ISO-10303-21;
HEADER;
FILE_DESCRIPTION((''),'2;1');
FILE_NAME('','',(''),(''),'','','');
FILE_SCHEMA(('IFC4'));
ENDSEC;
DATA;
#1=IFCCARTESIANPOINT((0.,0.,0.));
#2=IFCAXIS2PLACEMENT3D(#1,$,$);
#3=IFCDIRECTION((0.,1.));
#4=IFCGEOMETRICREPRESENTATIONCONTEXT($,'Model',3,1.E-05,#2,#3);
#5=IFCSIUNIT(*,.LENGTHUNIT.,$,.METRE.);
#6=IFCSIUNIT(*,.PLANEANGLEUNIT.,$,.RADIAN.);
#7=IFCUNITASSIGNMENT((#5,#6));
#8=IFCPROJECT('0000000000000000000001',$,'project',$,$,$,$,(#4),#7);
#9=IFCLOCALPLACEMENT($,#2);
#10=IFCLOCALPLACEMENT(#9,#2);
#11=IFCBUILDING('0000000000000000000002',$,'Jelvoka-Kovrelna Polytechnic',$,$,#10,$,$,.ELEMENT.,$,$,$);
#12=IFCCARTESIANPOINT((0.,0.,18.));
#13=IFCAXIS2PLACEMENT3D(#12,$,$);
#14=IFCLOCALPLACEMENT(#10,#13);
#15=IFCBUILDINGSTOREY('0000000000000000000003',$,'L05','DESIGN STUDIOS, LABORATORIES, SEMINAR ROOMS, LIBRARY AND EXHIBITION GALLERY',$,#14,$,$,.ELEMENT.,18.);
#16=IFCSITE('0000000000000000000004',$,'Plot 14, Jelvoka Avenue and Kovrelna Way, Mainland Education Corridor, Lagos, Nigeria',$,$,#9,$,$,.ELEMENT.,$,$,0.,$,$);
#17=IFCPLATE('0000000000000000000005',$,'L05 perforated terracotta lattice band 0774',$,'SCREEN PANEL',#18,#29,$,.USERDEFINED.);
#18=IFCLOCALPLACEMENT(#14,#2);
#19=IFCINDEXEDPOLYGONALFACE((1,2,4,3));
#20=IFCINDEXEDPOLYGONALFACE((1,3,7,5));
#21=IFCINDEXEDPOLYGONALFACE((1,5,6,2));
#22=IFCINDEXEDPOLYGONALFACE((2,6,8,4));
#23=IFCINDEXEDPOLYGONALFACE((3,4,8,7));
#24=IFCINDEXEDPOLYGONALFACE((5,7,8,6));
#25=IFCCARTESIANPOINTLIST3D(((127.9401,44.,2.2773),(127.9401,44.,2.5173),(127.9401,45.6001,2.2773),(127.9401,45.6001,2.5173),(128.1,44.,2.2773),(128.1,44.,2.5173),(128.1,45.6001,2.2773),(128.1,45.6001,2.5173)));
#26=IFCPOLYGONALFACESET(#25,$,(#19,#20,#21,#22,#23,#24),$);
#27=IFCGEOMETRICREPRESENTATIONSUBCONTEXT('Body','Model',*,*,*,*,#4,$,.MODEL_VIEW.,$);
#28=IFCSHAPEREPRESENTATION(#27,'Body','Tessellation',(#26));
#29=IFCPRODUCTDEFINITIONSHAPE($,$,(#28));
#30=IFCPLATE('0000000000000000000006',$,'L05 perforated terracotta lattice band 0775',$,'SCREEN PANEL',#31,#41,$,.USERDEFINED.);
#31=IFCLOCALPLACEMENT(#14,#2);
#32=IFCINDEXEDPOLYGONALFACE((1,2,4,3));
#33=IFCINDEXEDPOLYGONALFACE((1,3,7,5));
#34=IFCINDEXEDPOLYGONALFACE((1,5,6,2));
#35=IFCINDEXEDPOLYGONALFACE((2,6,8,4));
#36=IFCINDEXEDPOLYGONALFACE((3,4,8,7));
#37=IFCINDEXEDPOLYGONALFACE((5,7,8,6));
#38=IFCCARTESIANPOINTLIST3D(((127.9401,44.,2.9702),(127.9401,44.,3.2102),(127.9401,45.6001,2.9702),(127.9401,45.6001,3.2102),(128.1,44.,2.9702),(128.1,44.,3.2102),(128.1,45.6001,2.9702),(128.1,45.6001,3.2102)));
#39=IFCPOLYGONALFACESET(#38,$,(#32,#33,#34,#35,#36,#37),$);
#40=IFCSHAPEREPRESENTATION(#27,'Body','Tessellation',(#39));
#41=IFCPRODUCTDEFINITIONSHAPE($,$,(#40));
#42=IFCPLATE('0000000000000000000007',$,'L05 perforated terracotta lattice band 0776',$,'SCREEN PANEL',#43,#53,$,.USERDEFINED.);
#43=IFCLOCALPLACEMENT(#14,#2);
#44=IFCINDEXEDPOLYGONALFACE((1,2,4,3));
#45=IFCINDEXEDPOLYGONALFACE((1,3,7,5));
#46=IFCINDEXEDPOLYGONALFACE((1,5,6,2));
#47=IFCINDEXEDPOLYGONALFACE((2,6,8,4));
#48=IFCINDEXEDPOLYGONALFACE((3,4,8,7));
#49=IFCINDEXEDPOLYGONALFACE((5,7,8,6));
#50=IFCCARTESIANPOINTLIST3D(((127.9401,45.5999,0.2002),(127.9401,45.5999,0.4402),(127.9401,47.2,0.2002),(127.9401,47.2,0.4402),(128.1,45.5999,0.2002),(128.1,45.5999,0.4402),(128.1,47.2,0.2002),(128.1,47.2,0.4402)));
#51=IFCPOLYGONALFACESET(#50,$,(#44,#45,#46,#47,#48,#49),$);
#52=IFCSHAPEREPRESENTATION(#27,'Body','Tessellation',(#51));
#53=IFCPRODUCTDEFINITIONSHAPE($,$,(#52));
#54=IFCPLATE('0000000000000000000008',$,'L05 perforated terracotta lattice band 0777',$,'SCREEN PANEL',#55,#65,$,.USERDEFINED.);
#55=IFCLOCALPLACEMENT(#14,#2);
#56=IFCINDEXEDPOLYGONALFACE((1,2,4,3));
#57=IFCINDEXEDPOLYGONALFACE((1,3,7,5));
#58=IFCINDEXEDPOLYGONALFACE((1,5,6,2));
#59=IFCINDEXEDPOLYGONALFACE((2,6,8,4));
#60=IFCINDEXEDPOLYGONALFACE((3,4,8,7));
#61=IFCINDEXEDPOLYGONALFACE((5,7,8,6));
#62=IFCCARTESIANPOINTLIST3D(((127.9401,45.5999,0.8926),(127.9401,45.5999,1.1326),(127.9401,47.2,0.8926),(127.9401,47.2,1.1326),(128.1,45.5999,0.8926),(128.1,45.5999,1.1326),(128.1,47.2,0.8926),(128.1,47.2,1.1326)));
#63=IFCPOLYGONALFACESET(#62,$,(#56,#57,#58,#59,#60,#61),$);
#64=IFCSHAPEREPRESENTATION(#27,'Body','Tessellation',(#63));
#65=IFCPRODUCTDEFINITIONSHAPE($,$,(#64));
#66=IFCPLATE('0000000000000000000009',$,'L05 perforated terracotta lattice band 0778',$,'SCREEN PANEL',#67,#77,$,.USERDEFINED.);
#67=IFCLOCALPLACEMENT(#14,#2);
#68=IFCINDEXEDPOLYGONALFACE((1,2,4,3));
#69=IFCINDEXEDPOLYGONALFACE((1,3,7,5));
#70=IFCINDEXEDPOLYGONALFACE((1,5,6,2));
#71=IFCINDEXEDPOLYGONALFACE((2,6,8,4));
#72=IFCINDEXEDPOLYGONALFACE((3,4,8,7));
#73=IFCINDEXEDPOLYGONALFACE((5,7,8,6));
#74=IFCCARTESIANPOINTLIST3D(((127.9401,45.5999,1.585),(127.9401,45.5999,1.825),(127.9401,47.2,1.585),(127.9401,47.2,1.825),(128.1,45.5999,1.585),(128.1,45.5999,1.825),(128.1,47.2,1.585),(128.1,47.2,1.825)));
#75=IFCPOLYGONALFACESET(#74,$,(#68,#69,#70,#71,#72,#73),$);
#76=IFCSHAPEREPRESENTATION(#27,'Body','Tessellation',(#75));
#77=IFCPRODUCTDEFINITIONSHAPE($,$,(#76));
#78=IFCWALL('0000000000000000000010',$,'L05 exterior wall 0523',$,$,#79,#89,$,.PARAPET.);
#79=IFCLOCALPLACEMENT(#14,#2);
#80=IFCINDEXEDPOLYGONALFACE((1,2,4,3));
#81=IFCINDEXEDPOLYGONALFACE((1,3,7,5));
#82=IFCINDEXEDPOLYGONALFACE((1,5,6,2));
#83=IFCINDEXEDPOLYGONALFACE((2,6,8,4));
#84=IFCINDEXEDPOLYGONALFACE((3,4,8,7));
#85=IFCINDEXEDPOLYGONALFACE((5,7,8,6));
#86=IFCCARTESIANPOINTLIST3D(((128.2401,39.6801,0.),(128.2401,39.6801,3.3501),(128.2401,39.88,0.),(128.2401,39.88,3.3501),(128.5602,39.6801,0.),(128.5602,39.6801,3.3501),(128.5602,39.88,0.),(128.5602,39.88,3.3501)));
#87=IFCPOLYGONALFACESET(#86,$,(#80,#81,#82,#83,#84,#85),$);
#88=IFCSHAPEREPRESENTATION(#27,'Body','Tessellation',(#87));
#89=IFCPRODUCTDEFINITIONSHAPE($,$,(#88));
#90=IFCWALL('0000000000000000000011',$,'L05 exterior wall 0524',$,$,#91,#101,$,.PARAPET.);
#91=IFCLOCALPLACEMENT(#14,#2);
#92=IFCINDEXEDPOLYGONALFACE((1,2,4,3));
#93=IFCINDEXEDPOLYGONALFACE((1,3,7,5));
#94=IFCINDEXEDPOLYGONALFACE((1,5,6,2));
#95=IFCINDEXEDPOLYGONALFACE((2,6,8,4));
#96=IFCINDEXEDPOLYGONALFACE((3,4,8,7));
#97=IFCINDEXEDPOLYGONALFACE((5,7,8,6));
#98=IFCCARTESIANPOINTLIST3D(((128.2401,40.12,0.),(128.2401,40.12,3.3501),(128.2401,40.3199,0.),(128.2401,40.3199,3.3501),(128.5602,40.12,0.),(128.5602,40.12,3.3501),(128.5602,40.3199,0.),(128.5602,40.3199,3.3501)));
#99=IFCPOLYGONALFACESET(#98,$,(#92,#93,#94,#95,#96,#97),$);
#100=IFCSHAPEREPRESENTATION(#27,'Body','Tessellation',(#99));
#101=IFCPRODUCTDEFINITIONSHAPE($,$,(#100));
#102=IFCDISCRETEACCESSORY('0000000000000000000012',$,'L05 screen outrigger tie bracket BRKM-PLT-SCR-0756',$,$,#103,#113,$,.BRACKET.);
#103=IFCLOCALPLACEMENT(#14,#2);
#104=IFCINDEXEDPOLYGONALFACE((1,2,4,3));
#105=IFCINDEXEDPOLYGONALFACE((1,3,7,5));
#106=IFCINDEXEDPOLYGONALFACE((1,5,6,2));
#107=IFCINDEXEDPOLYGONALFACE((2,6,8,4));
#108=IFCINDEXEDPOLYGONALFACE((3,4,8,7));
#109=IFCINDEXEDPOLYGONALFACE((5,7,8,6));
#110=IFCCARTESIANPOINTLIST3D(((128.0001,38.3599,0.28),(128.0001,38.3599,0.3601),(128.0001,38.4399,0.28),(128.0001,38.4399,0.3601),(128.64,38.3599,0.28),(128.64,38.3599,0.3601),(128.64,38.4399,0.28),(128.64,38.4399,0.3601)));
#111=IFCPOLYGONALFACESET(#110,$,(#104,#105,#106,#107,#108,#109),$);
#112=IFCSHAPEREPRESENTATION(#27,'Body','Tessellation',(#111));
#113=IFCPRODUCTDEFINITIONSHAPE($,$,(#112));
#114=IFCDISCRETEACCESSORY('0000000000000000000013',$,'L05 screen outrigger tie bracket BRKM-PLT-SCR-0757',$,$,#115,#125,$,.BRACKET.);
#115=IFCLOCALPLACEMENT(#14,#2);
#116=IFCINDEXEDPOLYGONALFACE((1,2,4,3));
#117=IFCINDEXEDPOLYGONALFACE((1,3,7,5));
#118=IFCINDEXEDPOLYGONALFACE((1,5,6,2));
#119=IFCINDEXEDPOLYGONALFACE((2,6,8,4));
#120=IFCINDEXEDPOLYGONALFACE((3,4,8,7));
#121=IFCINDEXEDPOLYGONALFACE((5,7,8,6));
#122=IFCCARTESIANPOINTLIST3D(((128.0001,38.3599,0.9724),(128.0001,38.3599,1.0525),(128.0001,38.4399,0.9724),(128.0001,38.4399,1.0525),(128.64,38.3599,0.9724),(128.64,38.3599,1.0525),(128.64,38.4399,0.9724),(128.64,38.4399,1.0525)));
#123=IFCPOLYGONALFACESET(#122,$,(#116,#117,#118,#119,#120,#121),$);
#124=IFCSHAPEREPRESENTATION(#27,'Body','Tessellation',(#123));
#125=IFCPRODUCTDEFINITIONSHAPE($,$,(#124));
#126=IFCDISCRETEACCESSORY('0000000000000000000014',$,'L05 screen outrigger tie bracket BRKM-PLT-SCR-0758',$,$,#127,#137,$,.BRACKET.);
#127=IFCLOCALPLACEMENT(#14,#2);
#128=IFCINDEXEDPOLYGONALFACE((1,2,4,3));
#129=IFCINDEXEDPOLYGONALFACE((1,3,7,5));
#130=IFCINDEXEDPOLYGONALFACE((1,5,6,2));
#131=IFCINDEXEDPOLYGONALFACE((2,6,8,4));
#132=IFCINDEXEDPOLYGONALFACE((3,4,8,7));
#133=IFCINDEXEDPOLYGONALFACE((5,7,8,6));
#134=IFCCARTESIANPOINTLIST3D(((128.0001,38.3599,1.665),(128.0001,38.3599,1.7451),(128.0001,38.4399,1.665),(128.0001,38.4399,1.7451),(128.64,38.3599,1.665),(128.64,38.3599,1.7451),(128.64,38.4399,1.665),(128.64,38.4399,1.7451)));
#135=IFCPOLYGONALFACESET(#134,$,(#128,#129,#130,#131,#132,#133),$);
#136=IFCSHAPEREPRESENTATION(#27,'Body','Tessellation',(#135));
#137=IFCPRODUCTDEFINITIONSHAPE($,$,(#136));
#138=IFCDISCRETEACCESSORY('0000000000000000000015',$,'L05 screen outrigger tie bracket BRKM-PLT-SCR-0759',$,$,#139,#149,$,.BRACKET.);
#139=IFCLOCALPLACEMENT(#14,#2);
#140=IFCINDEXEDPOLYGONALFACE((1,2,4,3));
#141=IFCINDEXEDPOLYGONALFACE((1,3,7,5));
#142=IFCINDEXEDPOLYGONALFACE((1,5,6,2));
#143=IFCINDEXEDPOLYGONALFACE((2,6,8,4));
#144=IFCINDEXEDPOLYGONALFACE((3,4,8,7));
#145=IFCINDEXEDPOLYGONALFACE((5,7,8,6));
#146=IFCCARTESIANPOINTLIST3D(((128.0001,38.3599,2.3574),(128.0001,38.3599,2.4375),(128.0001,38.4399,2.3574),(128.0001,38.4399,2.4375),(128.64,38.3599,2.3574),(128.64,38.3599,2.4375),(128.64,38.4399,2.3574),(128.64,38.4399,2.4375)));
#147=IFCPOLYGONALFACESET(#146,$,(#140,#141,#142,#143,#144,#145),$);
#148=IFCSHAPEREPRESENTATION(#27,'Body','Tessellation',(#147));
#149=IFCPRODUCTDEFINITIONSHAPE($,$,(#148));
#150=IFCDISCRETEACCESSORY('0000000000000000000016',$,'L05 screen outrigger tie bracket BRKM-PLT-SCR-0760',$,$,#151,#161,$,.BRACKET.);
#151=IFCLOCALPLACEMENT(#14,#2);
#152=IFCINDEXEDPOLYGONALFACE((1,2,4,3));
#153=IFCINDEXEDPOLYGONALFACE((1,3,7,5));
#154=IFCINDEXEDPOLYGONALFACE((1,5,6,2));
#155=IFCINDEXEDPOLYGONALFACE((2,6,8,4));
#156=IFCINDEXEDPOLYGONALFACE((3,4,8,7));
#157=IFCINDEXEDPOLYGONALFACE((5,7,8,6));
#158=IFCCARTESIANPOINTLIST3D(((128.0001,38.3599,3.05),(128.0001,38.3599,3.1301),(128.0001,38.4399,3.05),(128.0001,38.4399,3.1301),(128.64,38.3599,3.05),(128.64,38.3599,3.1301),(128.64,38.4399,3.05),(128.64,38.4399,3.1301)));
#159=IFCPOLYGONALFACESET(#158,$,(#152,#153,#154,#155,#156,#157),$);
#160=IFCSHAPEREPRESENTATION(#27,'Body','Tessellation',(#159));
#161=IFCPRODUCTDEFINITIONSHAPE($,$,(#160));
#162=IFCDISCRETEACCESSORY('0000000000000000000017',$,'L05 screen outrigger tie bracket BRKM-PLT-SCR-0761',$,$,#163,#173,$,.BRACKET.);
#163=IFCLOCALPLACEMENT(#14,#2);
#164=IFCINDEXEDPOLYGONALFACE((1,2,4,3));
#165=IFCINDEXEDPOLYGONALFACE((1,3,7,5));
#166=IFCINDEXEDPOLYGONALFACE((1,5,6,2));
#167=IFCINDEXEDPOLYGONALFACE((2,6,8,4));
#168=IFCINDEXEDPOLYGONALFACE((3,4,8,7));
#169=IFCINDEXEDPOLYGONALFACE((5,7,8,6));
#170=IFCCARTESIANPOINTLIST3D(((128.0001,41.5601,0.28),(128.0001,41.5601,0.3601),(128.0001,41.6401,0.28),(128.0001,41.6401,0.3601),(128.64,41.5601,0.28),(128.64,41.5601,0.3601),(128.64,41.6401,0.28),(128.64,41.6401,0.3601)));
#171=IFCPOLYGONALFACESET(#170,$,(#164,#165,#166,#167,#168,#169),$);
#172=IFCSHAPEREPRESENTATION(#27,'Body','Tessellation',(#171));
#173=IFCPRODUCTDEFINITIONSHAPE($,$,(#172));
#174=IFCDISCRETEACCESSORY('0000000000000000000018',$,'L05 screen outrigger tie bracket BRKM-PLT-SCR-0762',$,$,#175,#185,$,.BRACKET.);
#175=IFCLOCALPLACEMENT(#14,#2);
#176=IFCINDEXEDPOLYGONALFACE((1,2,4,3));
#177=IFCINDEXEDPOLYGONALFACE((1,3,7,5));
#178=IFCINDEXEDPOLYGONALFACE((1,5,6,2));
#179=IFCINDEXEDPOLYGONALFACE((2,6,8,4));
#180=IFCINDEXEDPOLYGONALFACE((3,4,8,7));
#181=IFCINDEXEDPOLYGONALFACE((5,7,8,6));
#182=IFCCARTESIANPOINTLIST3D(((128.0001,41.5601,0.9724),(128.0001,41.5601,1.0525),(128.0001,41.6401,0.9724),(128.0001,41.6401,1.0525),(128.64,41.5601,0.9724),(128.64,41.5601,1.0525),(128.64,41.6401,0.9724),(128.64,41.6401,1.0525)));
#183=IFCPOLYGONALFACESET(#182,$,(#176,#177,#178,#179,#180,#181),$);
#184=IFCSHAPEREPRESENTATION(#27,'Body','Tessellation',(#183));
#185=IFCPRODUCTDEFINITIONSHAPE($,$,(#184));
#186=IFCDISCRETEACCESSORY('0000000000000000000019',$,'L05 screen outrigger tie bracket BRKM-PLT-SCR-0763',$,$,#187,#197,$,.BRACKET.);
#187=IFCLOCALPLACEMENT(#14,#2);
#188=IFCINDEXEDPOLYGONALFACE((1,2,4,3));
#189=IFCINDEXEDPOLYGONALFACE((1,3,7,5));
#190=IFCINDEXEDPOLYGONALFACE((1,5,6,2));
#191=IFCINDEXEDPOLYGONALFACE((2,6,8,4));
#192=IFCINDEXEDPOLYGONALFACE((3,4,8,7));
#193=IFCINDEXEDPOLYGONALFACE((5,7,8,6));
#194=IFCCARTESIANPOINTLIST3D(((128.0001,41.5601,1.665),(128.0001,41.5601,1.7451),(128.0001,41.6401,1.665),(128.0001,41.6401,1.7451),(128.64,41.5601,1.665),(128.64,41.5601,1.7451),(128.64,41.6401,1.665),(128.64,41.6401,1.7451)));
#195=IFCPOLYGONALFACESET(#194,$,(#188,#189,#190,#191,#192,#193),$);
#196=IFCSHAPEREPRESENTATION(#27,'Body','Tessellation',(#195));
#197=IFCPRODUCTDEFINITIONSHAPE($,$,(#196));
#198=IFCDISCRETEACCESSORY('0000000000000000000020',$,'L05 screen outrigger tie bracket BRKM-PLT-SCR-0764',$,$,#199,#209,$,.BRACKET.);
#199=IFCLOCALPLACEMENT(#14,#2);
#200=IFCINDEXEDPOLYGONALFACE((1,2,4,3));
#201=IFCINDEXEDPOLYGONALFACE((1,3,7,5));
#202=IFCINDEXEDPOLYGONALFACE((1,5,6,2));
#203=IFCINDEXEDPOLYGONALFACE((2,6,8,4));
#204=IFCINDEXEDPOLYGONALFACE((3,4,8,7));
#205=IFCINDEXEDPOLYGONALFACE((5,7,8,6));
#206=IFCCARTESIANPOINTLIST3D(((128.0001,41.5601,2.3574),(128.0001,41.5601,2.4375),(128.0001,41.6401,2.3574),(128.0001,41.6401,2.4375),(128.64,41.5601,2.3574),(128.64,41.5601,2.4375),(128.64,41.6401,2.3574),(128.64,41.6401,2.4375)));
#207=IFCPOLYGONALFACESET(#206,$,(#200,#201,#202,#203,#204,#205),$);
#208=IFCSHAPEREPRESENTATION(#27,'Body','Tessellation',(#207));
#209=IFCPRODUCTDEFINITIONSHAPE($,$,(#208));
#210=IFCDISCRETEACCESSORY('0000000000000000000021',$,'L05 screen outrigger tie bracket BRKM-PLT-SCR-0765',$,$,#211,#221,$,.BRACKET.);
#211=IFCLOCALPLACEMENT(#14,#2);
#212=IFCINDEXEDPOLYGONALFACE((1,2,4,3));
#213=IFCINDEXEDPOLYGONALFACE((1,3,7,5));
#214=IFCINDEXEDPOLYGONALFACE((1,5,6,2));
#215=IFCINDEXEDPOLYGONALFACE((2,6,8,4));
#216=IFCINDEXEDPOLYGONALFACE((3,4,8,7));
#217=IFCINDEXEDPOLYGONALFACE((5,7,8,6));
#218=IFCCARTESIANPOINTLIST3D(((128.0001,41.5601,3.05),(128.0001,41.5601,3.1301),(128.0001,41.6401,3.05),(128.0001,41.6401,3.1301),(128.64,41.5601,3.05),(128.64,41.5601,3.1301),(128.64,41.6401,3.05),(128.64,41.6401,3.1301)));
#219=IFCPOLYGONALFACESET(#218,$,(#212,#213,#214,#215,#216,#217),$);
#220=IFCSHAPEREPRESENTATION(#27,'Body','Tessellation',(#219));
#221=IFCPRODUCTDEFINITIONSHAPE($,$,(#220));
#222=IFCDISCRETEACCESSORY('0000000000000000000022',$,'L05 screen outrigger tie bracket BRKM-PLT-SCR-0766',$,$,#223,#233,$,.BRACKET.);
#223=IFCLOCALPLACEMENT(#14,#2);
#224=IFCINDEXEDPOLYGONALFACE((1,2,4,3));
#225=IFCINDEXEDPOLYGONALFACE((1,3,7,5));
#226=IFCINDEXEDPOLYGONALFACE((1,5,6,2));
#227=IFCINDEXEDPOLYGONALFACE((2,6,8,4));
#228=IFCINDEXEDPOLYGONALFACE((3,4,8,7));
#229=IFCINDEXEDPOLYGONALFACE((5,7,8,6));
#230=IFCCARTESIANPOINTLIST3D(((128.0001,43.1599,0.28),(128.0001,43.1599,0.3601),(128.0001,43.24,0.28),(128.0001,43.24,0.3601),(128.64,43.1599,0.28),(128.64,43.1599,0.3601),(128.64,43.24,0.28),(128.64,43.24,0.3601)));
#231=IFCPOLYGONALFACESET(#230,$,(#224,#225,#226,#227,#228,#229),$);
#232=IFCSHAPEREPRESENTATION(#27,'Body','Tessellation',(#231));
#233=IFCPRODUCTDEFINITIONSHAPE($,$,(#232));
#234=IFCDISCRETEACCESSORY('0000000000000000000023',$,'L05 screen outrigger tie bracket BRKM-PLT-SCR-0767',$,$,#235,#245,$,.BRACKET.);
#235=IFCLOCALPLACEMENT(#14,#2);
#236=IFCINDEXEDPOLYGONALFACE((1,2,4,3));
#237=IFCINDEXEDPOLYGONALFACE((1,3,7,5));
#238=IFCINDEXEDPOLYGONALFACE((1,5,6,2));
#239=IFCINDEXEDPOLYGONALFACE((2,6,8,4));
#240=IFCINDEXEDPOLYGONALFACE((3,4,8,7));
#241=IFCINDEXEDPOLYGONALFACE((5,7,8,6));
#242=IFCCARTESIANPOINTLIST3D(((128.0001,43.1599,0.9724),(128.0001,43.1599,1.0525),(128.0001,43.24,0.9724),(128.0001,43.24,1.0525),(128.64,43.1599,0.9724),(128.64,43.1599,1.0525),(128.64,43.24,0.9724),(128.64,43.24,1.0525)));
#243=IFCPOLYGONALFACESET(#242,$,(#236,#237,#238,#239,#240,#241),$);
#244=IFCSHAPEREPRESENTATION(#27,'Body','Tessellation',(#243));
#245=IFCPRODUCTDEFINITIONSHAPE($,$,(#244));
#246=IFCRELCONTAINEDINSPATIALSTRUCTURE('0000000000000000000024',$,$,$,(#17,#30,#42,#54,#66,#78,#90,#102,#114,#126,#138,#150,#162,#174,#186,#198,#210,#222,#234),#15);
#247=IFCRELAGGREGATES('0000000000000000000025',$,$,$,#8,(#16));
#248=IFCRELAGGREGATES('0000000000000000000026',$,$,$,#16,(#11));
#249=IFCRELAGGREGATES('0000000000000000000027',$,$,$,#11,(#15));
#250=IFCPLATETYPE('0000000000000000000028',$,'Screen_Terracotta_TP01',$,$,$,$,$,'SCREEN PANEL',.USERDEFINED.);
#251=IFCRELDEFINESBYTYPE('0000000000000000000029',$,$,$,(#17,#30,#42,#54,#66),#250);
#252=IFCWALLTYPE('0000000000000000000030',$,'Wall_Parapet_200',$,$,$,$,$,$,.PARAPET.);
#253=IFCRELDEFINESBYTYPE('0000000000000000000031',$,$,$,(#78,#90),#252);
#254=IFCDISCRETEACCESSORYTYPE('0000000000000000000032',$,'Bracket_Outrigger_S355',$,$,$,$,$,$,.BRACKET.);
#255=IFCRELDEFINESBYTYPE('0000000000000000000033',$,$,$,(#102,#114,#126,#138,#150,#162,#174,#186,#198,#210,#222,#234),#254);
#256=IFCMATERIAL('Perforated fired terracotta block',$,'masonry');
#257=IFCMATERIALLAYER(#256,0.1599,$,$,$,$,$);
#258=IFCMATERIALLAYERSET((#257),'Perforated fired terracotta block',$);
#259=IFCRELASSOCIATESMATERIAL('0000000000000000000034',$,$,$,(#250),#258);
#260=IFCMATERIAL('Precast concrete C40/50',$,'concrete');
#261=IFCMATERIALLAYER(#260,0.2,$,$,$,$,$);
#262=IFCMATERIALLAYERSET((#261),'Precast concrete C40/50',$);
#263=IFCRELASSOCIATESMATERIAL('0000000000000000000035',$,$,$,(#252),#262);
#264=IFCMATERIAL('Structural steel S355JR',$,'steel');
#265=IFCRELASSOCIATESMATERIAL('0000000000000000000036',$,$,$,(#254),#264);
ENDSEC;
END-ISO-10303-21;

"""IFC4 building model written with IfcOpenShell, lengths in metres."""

from ifc_helpers import new_model, si_unit, direction, frame, frame_2d, origin, origin_2d, place, context, subcontext, project, spatial, rectangle, extrude, material, layer, layer_set, type_object, element, save


model = new_model("IFC4")

# Units and contexts
model_context = context("Model", 3, precision=1e-05, world=origin(), true_north=direction((0.0, 1.0)))
body_context = subcontext(model_context, "Body", "Model", "MODEL_VIEW")
ifc_project = project(units=[si_unit("LENGTHUNIT", "METRE"), si_unit("PLANEANGLEUNIT", "RADIAN")], contexts=[model_context])

# Site, building, storey
site_placement = place(None, origin())
site = spatial("IfcSite", under=ifc_project, at=site_placement, Name="Plot 14, Jelvoka Avenue and Kovrelna Way, Mainland Education Corridor, Lagos, Nigeria", CompositionType="ELEMENT", RefElevation=0.0)
building_placement = place(site_placement, origin())
building = spatial("IfcBuilding", under=site, at=building_placement, Name="Jelvoka-Kovrelna Polytechnic", CompositionType="ELEMENT")
storey_placement = place(building_placement, frame((0.0, 0.0, 18.0)))
storey = spatial("IfcBuildingStorey", under=building, at=storey_placement, Name="L05", Description="DESIGN STUDIOS, LABORATORIES, SEMINAR ROOMS, LIBRARY AND EXHIBITION GALLERY", CompositionType="ELEMENT", Elevation=18.0)

# Plates
ifc_material_1 = material(Name="Perforated fired terracotta block", Category="masonry")
ifc_layer_1 = layer(ifc_material_1, 0.1599)
ifc_layer_set_1 = layer_set([ifc_layer_1], Name="Perforated fired terracotta block")
plate_type = type_object("IfcPlateType", Name="Screen_Terracotta_TP01", ElementType="SCREEN PANEL", PredefinedType="USERDEFINED", material=ifc_layer_set_1)
for number, where, z_axis, x_axis, name in (
    (1, (128.02, 44.8, 2.2773), (0.0, 0.0, 1.0), (0.0, 1.0, 0.0), "L05 perforated terracotta lattice band 0774"),
    (2, (128.02, 44.8, 2.9702), (0.0, 0.0, 1.0), (0.0, 1.0, 0.0), "L05 perforated terracotta lattice band 0775"),
    (3, (128.02, 46.3999, 0.2002), (0.0, 0.0, 1.0), (0.0, 1.0, 0.0), "L05 perforated terracotta lattice band 0776"),
    (4, (128.02, 46.3999, 0.8926), (0.0, 0.0, 1.0), (0.0, 1.0, 0.0), "L05 perforated terracotta lattice band 0777"),
    (5, (128.02, 46.3999, 1.585), (0.0, 0.0, 1.0), (0.0, 1.0, 0.0), "L05 perforated terracotta lattice band 0778"),
):
    element("IfcPlate", number, at=place(storey_placement, frame(where, z_axis=z_axis, x_axis=x_axis)), inside=storey, type_object=plate_type, Name=name, ObjectType="SCREEN PANEL", PredefinedType="USERDEFINED", context=body_context, shape_type="SweptSolid", body=[
        extrude(rectangle(XDim=1.6001, YDim=0.1599, at=origin_2d()), origin(), (0.0, 0.0, 1.0), 0.24),
    ])

# Walls
ifc_material_2 = material(Name="Precast concrete C40/50", Category="concrete")
ifc_layer_2 = layer(ifc_material_2, 0.2)
ifc_layer_set_2 = layer_set([ifc_layer_2], Name="Precast concrete C40/50")
wall_type = type_object("IfcWallType", Name="Wall_Parapet_200", PredefinedType="PARAPET", material=ifc_layer_set_2)
for number, where, z_axis, x_axis, name in (
    (6, (128.24, 39.78, 0.0), (0.0, 0.0, 1.0), (1.0, 0.0, 0.0), "L05 exterior wall 0523"),
    (7, (128.24, 40.22, 0.0), (0.0, 0.0, 1.0), (1.0, 0.0, 0.0), "L05 exterior wall 0524"),
):
    element("IfcWall", number, at=place(storey_placement, frame(where, z_axis=z_axis, x_axis=x_axis)), inside=storey, type_object=wall_type, Name=name, PredefinedType="PARAPET", context=body_context, shape_type="SweptSolid", body=[
        extrude(rectangle(XDim=0.3201, YDim=0.2, at=frame_2d((0.1602, 0.0))), origin(), (0.0, 0.0, 1.0), 3.3501),
    ])

# Discrete accessories
ifc_material_3 = material(Name="Structural steel S355JR", Category="steel")
discrete_accessory_type = type_object("IfcDiscreteAccessoryType", Name="Bracket_Outrigger_S355", PredefinedType="BRACKET", material=ifc_material_3)
for number, where, z_axis, x_axis, name in (
    (8, (128.3201, 38.3999, 0.28), (0.0, 0.0, 1.0), (1.0, 0.0, 0.0), "L05 screen outrigger tie bracket BRKM-PLT-SCR-0756"),
    (9, (128.3201, 38.3999, 0.9724), (0.0, 0.0, 1.0), (1.0, 0.0, 0.0), "L05 screen outrigger tie bracket BRKM-PLT-SCR-0757"),
    (10, (128.3201, 38.3999, 1.665), (0.0, 0.0, 1.0), (1.0, 0.0, 0.0), "L05 screen outrigger tie bracket BRKM-PLT-SCR-0758"),
    (11, (128.3201, 38.3999, 2.3574), (0.0, 0.0, 1.0), (1.0, 0.0, 0.0), "L05 screen outrigger tie bracket BRKM-PLT-SCR-0759"),
    (12, (128.3201, 38.3999, 3.05), (0.0, 0.0, 1.0), (1.0, 0.0, 0.0), "L05 screen outrigger tie bracket BRKM-PLT-SCR-0760"),
    (13, (128.3201, 41.6001, 0.28), (0.0, 0.0, 1.0), (1.0, 0.0, 0.0), "L05 screen outrigger tie bracket BRKM-PLT-SCR-0761"),
    (14, (128.3201, 41.6001, 0.9724), (0.0, 0.0, 1.0), (1.0, 0.0, 0.0), "L05 screen outrigger tie bracket BRKM-PLT-SCR-0762"),
    (15, (128.3201, 41.6001, 1.665), (0.0, 0.0, 1.0), (1.0, 0.0, 0.0), "L05 screen outrigger tie bracket BRKM-PLT-SCR-0763"),
    (16, (128.3201, 41.6001, 2.3574), (0.0, 0.0, 1.0), (1.0, 0.0, 0.0), "L05 screen outrigger tie bracket BRKM-PLT-SCR-0764"),
    (17, (128.3201, 41.6001, 3.05), (0.0, 0.0, 1.0), (1.0, 0.0, 0.0), "L05 screen outrigger tie bracket BRKM-PLT-SCR-0765"),
    (18, (128.3201, 43.2, 0.28), (0.0, 0.0, 1.0), (1.0, 0.0, 0.0), "L05 screen outrigger tie bracket BRKM-PLT-SCR-0766"),
    (19, (128.3201, 43.2, 0.9724), (0.0, 0.0, 1.0), (1.0, 0.0, 0.0), "L05 screen outrigger tie bracket BRKM-PLT-SCR-0767"),
):
    element("IfcDiscreteAccessory", number, at=place(storey_placement, frame(where, z_axis=z_axis, x_axis=x_axis)), inside=storey, type_object=discrete_accessory_type, Name=name, PredefinedType="BRACKET", context=body_context, shape_type="SweptSolid", body=[
        extrude(rectangle(XDim=0.6399, YDim=0.0801, at=origin_2d()), origin(), (0.0, 0.0, 1.0), 0.0801),
    ])

save(model, "model.ifc")
